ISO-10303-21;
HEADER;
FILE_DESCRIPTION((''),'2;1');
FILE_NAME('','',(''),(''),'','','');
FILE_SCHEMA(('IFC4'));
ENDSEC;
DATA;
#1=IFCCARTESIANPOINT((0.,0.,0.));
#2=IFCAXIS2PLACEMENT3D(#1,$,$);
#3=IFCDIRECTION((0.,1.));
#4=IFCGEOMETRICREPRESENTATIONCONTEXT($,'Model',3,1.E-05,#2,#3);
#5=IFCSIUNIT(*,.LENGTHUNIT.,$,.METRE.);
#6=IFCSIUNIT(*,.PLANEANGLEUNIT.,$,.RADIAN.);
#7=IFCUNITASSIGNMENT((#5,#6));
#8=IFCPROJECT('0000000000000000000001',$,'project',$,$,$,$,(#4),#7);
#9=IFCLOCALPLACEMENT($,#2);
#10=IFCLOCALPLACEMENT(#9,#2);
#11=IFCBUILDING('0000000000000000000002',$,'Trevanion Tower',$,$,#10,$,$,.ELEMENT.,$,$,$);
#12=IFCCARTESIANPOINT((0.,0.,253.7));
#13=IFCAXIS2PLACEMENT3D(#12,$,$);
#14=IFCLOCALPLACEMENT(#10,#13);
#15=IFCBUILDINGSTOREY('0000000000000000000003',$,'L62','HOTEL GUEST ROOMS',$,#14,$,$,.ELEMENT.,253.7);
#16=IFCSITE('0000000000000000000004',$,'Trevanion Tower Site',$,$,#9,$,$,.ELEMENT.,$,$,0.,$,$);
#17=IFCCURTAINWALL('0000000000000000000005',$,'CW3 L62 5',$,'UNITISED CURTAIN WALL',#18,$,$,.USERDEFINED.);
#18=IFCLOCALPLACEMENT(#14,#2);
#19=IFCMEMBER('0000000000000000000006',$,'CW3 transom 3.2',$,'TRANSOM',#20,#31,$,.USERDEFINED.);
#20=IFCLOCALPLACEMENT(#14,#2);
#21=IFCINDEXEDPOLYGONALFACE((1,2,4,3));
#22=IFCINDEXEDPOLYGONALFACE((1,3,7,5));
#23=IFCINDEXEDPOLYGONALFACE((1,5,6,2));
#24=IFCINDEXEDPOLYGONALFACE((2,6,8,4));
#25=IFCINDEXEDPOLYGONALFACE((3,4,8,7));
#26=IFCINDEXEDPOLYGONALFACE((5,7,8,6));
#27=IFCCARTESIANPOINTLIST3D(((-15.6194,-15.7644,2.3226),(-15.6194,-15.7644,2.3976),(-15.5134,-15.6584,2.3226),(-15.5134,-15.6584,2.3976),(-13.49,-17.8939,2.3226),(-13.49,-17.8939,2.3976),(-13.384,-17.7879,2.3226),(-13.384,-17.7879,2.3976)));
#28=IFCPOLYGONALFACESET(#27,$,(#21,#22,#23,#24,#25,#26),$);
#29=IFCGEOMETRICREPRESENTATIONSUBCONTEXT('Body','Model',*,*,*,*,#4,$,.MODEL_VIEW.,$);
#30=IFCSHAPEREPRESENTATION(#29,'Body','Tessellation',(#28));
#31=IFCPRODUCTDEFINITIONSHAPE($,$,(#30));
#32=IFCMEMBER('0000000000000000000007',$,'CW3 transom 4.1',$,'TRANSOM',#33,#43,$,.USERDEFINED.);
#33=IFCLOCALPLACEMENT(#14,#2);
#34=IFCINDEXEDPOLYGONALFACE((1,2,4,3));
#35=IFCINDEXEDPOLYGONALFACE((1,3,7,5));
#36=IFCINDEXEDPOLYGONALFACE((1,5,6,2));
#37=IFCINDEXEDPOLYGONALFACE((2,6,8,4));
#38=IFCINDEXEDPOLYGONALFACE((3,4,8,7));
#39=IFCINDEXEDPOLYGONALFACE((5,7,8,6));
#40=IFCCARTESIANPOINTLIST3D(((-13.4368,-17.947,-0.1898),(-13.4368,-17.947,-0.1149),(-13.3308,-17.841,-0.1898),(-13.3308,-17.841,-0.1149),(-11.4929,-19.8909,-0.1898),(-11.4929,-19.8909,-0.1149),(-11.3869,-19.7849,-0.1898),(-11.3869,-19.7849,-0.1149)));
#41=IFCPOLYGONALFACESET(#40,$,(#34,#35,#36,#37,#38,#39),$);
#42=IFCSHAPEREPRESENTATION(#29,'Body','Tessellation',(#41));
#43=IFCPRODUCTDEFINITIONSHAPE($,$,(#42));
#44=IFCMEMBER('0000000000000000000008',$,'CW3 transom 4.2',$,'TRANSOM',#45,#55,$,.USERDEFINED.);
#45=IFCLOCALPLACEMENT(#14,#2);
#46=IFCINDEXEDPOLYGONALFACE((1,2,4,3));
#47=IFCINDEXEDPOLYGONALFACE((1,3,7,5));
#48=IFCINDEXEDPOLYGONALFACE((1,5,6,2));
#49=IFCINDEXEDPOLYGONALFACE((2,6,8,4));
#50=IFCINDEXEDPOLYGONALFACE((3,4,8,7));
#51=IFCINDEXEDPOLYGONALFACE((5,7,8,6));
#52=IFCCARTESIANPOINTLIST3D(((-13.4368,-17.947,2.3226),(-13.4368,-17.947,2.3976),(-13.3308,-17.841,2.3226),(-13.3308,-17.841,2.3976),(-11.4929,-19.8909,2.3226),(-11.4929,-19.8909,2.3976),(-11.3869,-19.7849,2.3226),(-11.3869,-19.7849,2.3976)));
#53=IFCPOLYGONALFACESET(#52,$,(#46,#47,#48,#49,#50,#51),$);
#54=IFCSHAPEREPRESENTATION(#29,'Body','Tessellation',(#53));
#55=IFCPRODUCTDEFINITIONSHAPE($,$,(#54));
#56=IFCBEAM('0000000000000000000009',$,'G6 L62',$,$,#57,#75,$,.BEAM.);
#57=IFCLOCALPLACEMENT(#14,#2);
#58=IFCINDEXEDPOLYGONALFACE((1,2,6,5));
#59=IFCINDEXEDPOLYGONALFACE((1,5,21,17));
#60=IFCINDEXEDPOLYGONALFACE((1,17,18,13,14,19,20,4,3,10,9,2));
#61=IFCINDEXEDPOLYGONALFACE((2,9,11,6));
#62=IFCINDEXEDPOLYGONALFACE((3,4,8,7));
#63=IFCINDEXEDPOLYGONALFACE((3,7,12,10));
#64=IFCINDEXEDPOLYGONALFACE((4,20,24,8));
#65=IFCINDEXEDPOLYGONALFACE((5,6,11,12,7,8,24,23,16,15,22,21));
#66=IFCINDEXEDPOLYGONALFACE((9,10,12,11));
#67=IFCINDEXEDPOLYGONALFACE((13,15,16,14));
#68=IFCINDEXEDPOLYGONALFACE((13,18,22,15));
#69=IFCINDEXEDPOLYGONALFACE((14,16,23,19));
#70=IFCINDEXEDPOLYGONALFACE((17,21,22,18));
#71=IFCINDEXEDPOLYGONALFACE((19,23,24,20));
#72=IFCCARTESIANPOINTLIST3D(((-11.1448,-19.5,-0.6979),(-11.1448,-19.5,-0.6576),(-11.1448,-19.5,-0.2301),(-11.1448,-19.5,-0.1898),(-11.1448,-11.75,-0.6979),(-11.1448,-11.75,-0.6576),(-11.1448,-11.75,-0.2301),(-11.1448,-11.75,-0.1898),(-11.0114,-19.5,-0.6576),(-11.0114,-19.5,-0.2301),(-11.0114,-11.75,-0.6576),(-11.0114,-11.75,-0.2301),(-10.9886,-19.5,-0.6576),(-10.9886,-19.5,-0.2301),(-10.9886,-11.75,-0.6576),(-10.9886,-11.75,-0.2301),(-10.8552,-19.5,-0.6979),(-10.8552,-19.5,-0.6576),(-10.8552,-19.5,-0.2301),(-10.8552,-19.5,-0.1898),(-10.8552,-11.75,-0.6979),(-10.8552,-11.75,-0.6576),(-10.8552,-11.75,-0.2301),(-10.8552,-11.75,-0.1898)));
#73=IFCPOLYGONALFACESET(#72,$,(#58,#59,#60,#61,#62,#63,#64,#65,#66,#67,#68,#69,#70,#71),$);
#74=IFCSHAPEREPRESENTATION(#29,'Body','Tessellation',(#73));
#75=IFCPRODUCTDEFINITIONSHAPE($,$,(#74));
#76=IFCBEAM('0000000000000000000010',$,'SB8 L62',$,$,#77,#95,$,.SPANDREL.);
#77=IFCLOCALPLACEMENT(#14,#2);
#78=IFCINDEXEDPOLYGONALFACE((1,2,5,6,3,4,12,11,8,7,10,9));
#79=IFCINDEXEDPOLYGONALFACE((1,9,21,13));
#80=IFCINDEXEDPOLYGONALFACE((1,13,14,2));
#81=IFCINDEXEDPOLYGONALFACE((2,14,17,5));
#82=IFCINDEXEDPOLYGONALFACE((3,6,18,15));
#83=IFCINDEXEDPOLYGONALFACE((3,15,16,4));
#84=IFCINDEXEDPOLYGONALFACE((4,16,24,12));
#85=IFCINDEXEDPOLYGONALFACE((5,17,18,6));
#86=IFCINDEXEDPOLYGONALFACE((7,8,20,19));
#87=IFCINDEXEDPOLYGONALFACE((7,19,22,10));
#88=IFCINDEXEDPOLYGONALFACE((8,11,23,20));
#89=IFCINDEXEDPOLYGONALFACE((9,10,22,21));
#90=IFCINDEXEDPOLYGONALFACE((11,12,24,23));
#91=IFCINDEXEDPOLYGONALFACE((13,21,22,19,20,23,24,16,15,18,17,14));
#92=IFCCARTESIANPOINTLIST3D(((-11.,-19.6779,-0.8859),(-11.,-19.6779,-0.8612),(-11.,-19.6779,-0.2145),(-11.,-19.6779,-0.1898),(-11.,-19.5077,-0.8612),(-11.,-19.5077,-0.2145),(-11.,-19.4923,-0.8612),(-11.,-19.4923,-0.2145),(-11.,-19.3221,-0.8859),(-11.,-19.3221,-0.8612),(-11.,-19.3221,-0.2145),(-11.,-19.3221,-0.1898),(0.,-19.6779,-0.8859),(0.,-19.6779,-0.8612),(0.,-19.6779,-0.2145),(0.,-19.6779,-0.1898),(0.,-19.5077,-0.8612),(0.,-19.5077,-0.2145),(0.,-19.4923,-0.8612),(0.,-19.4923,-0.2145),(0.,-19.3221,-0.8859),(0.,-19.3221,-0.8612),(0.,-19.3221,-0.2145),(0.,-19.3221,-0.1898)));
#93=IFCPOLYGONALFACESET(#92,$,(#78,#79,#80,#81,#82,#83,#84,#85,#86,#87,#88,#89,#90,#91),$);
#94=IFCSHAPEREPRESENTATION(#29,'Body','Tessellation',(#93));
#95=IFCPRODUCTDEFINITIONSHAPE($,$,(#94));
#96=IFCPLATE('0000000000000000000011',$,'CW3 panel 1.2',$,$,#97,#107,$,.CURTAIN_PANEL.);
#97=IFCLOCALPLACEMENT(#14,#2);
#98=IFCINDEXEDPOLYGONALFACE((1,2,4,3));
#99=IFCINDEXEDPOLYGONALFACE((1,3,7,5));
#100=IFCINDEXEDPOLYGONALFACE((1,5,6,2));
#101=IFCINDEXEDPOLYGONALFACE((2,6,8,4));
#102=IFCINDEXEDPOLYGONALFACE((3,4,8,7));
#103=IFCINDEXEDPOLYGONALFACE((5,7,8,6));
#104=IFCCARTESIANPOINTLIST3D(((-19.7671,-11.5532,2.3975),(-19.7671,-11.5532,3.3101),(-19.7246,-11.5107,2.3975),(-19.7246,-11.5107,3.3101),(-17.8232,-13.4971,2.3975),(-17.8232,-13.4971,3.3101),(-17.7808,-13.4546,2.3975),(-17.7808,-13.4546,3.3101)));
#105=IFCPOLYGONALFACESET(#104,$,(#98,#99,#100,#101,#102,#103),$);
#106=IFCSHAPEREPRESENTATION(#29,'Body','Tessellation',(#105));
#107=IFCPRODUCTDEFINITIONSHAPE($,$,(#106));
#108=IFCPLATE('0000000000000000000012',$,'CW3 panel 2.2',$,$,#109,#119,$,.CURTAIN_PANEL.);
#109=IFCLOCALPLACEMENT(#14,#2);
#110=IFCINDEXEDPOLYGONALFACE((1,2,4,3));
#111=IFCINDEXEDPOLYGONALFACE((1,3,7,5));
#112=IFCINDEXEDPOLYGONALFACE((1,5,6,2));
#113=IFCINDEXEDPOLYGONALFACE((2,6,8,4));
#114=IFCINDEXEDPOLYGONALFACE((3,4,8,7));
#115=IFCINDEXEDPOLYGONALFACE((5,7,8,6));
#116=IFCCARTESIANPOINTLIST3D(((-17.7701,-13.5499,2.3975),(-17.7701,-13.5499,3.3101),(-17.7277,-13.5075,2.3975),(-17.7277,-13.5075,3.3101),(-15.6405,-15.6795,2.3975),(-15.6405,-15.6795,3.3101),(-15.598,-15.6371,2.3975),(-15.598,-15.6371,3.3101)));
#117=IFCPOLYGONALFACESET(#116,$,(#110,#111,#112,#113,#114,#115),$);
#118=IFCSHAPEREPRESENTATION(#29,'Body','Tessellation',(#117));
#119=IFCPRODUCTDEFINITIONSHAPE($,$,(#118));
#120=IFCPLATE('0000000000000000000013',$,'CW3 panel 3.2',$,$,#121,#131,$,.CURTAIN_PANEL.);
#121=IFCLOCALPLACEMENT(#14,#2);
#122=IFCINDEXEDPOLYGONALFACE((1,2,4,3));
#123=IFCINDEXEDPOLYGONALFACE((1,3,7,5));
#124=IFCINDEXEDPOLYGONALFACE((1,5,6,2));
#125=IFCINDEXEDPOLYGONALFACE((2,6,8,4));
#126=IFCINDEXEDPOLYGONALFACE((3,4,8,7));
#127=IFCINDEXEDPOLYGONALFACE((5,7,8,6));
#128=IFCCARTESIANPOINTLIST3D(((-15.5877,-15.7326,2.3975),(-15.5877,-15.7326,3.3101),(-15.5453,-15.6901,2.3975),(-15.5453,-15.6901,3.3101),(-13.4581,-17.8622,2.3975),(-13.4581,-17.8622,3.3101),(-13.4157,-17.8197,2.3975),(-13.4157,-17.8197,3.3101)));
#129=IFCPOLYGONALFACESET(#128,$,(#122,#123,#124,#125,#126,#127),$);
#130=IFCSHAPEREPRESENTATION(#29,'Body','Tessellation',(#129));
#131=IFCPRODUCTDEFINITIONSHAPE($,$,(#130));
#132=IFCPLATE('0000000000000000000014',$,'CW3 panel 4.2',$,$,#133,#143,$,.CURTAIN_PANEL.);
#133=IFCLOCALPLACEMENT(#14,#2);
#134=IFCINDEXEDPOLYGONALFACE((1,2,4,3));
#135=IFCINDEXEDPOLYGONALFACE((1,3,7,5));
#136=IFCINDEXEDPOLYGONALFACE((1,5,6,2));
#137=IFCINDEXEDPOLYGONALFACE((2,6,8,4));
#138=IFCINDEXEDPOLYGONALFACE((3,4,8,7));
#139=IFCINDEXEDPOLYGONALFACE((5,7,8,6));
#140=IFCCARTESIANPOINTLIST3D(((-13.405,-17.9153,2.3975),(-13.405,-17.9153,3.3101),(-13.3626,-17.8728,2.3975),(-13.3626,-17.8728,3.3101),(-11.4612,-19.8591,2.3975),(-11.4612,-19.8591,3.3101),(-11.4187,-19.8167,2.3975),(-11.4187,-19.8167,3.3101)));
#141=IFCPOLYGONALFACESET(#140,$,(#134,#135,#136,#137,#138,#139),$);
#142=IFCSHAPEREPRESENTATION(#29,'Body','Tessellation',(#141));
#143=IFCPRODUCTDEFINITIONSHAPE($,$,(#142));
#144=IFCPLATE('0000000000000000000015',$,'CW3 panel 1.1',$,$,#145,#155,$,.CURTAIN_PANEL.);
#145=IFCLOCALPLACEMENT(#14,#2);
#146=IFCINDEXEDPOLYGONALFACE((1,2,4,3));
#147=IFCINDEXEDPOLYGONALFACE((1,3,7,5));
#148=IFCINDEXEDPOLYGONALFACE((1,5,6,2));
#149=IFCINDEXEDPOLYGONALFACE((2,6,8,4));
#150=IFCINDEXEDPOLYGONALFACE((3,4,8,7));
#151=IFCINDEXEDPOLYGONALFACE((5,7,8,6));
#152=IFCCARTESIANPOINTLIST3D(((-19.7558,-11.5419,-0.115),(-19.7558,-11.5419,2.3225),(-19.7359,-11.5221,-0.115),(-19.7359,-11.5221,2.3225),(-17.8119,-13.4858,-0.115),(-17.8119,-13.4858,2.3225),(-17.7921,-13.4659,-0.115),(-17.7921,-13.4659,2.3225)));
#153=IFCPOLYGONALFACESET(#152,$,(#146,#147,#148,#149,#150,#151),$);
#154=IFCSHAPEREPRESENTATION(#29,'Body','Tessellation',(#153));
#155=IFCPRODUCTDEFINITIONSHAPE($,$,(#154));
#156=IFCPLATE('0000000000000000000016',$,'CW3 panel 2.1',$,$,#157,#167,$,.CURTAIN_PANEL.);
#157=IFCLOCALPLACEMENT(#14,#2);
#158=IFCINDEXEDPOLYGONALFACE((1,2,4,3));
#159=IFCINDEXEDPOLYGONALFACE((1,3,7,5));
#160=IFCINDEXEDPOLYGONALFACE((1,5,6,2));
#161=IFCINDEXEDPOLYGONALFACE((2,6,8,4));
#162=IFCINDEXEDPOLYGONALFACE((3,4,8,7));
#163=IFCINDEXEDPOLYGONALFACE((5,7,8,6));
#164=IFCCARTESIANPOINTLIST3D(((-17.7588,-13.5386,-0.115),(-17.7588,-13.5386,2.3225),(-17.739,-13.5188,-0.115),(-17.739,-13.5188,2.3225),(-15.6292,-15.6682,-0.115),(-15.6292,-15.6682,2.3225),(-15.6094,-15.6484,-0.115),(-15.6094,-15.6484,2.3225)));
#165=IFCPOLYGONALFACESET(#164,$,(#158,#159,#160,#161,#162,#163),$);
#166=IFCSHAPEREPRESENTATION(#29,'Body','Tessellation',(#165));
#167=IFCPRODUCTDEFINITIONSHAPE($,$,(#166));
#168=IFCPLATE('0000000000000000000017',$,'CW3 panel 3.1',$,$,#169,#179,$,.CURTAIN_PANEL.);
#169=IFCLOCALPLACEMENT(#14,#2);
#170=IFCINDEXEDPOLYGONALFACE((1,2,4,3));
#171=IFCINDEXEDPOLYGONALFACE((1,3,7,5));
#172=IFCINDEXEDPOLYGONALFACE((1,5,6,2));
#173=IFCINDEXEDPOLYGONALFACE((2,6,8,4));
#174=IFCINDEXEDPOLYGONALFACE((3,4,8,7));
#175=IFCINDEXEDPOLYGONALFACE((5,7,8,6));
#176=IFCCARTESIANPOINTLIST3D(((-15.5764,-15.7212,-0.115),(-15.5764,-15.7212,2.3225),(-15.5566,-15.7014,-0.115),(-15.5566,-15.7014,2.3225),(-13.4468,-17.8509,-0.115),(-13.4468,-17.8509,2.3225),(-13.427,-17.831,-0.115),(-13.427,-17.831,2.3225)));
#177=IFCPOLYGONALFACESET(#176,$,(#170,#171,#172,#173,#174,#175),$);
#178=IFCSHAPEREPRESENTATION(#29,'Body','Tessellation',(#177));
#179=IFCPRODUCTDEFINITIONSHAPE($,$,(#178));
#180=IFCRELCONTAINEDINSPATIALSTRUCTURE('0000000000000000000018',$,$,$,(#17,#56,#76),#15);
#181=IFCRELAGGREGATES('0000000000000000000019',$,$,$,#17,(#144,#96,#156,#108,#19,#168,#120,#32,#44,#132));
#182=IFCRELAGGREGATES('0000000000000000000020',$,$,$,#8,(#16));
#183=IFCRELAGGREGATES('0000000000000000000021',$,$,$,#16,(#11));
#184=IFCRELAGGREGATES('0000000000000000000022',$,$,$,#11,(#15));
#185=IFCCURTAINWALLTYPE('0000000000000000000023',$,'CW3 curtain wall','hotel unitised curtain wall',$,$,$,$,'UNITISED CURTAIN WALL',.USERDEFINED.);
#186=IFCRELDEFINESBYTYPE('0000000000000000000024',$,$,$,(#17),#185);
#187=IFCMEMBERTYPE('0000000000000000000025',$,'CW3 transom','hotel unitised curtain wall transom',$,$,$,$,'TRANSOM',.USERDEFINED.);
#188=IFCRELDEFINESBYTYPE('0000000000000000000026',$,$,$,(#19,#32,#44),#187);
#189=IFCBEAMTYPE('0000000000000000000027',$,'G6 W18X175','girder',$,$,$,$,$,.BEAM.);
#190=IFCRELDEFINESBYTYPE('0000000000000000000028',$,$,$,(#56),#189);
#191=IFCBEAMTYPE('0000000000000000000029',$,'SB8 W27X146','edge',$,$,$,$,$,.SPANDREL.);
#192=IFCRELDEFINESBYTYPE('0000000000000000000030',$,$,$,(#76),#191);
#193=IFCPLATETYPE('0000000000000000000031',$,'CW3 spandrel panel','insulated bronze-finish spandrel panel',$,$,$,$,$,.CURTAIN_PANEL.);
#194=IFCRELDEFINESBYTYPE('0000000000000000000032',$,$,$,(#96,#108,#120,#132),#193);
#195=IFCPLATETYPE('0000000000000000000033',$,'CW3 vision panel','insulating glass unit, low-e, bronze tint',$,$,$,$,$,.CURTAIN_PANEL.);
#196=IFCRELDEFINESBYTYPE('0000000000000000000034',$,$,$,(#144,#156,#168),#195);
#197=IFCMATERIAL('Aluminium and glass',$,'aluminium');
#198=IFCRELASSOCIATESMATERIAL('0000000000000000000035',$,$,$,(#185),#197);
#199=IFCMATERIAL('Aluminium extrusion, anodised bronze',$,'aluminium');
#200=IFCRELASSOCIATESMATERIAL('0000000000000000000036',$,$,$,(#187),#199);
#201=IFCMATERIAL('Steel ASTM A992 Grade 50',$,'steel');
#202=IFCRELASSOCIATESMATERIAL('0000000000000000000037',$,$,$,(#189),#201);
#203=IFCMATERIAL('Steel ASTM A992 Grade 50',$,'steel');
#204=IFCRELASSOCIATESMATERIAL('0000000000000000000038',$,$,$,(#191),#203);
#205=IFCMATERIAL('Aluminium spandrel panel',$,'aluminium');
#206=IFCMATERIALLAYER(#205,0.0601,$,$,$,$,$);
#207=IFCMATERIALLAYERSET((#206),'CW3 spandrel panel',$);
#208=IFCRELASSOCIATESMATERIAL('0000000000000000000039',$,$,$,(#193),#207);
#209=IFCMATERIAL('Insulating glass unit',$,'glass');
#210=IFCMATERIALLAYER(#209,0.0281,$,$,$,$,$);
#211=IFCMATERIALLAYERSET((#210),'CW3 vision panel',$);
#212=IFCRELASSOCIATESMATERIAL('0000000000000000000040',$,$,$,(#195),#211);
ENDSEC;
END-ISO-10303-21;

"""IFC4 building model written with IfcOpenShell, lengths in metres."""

from ifc_helpers import new_model, si_unit, direction, frame, origin, origin_2d, place, context, subcontext, project, spatial, rectangle, i_section, extrude, material, layer, layer_set, material_profile, profile_set, type_object, element, aggregate, save


model = new_model("IFC4")

# Units and contexts
model_context = context("Model", 3, precision=1e-05, world=origin(), true_north=direction((0.0, 1.0)))
body_context = subcontext(model_context, "Body", "Model", "MODEL_VIEW")
ifc_project = project(units=[si_unit("LENGTHUNIT", "METRE"), si_unit("PLANEANGLEUNIT", "RADIAN")], contexts=[model_context])

# Site, building, storey
site_placement = place(None, origin())
site = spatial("IfcSite", under=ifc_project, at=site_placement, Name="Trevanion Tower Site", CompositionType="ELEMENT", RefElevation=0.0)
building_placement = place(site_placement, origin())
building = spatial("IfcBuilding", under=site, at=building_placement, Name="Trevanion Tower", CompositionType="ELEMENT")
storey_placement = place(building_placement, frame((0.0, 0.0, 253.7)))
storey = spatial("IfcBuildingStorey", under=building, at=storey_placement, Name="L62", Description="HOTEL GUEST ROOMS", CompositionType="ELEMENT", Elevation=253.7)

# Curtain wall
ifc_material_1 = material(Name="Aluminium and glass", Category="aluminium")
curtain_wall_type = type_object("IfcCurtainWallType", Name="CW3 curtain wall", Description="hotel unitised curtain wall", ElementType="UNITISED CURTAIN WALL", PredefinedType="USERDEFINED", material=ifc_material_1)
curtain_wall_1_placement = place(storey_placement, origin())
curtain_wall_1 = element("IfcCurtainWall", 1, at=curtain_wall_1_placement, inside=storey, type_object=curtain_wall_type, Name="CW3 L62 5", ObjectType="UNITISED CURTAIN WALL", PredefinedType="USERDEFINED")

# Members
ifc_material_2 = material(Name="Aluminium extrusion, anodised bronze", Category="aluminium")
ifc_material_profile_1 = material_profile(ifc_material_2, rectangle(XDim=0.1499, YDim=0.075, at=origin_2d()), Name="CW3 transom")
ifc_profile_set_1 = profile_set([ifc_material_profile_1], Name="Aluminium extrusion, anodised bronze")
member_type_1 = type_object("IfcMemberType", Name="CW3 transom", Description="hotel unitised curtain wall transom", ElementType="TRANSOM", PredefinedType="USERDEFINED", material=ifc_profile_set_1)
member_1_placement = place(storey_placement, frame((-15.5664, -15.7114, 2.3601), z_axis=(0.707107, -0.707107, 0.0), x_axis=(0.707107, 0.707107, 0.0)))
member_1 = element("IfcMember", 2, at=member_1_placement, type_object=member_type_1, Name="CW3 transom 3.2", ObjectType="TRANSOM", PredefinedType="USERDEFINED", context=body_context, shape_type="SweptSolid", body=[
    extrude(rectangle(XDim=0.1499, YDim=0.075, at=origin_2d()), origin(), (0.0, 0.0, 1.0), 3.0115),
])
member_2_placement = place(storey_placement, frame((-13.3838, -17.894, -0.1523), z_axis=(0.707107, -0.707107, 0.0), x_axis=(0.707107, 0.707107, 0.0)))
member_2 = element("IfcMember", 3, at=member_2_placement, type_object=member_type_1, Name="CW3 transom 4.1", ObjectType="TRANSOM", PredefinedType="USERDEFINED", context=body_context, shape_type="SweptSolid", body=[
    extrude(rectangle(XDim=0.1499, YDim=0.075, at=origin_2d()), origin(), (0.0, 0.0, 1.0), 2.749),
])
member_3_placement = place(storey_placement, frame((-13.3838, -17.894, 2.3601), z_axis=(0.707107, -0.707107, 0.0), x_axis=(0.707107, 0.707107, 0.0)))
member_3 = element("IfcMember", 4, at=member_3_placement, type_object=member_type_1, Name="CW3 transom 4.2", ObjectType="TRANSOM", PredefinedType="USERDEFINED", context=body_context, shape_type="SweptSolid", body=[
    extrude(rectangle(XDim=0.1499, YDim=0.075, at=origin_2d()), origin(), (0.0, 0.0, 1.0), 2.749),
])

# Beams
ifc_material_3 = material(Name="Steel ASTM A992 Grade 50", Category="steel")
ifc_material_profile_2 = material_profile(ifc_material_3, i_section(OverallWidth=0.2896, OverallDepth=0.5081, WebThickness=0.0227, FlangeThickness=0.0403, at=origin_2d()), Name="W18X175")
ifc_profile_set_2 = profile_set([ifc_material_profile_2], Name="Steel ASTM A992 Grade 50")
beam_type_1 = type_object("IfcBeamType", Name="G6 W18X175", Description="girder", PredefinedType="BEAM", material=ifc_profile_set_2)
beam_1_placement = place(storey_placement, frame((-11.0, -11.75, -0.4438), z_axis=(0.0, -1.0, 0.0), x_axis=(1.0, 0.0, 0.0)))
element("IfcBeam", 5, at=beam_1_placement, inside=storey, type_object=beam_type_1, Name="G6 L62", PredefinedType="BEAM", context=body_context, shape_type="SweptSolid", body=[
    extrude(i_section(OverallWidth=0.2896, OverallDepth=0.5081, WebThickness=0.0227, FlangeThickness=0.0403, at=origin_2d()), origin(), (0.0, 0.0, 1.0), 7.75),
])
ifc_material_4 = material(Name="Steel ASTM A992 Grade 50", Category="steel")
ifc_material_profile_3 = material_profile(ifc_material_4, i_section(OverallWidth=0.3557, OverallDepth=0.696, WebThickness=0.0154, FlangeThickness=0.0247, at=origin_2d()), Name="W27X146")
ifc_profile_set_3 = profile_set([ifc_material_profile_3], Name="Steel ASTM A992 Grade 50")
beam_type_2 = type_object("IfcBeamType", Name="SB8 W27X146", Description="edge", PredefinedType="SPANDREL", material=ifc_profile_set_3)
beam_2_placement = place(storey_placement, frame((-11.0, -19.5, -0.5378), z_axis=(1.0, 0.0, 0.0), x_axis=(0.0, 1.0, 0.0)))
element("IfcBeam", 6, at=beam_2_placement, inside=storey, type_object=beam_type_2, Name="SB8 L62", PredefinedType="SPANDREL", context=body_context, shape_type="SweptSolid", body=[
    extrude(i_section(OverallWidth=0.3557, OverallDepth=0.696, WebThickness=0.0154, FlangeThickness=0.0247, at=origin_2d()), origin(), (0.0, 0.0, 1.0), 11.0),
])

# Plates
ifc_material_5 = material(Name="Aluminium spandrel panel", Category="aluminium")
ifc_layer_1 = layer(ifc_material_5, 0.0601)
ifc_layer_set_1 = layer_set([ifc_layer_1], Name="CW3 spandrel panel")
plate_type_1 = type_object("IfcPlateType", Name="CW3 spandrel panel", Description="insulated bronze-finish spandrel panel", PredefinedType="CURTAIN_PANEL", material=ifc_layer_set_1)
plate_1_placement = place(storey_placement, frame((-18.7739, -12.5039, 2.3975), z_axis=(0.0, 0.0, 1.0), x_axis=(0.707107, -0.707107, 0.0)))
plate_1 = element("IfcPlate", 7, at=plate_1_placement, type_object=plate_type_1, Name="CW3 panel 1.2", PredefinedType="CURTAIN_PANEL", context=body_context, shape_type="SweptSolid", body=[
    extrude(rectangle(XDim=2.749, YDim=0.0601, at=origin_2d()), origin(), (0.0, 0.0, 1.0), 0.9126),
])
plate_2_placement = place(storey_placement, frame((-16.6841, -14.5935, 2.3975), z_axis=(0.0, 0.0, 1.0), x_axis=(0.707107, -0.707107, 0.0)))
plate_2 = element("IfcPlate", 8, at=plate_2_placement, type_object=plate_type_1, Name="CW3 panel 2.2", PredefinedType="CURTAIN_PANEL", context=body_context, shape_type="SweptSolid", body=[
    extrude(rectangle(XDim=3.0117, YDim=0.0601, at=origin_2d()), origin(), (0.0, 0.0, 1.0), 0.9126),
])
plate_3_placement = place(storey_placement, frame((-14.5017, -16.7761, 2.3975), z_axis=(0.0, 0.0, 1.0), x_axis=(0.707107, -0.707107, 0.0)))
plate_3 = element("IfcPlate", 9, at=plate_3_placement, type_object=plate_type_1, Name="CW3 panel 3.2", PredefinedType="CURTAIN_PANEL", context=body_context, shape_type="SweptSolid", body=[
    extrude(rectangle(XDim=3.0117, YDim=0.0601, at=origin_2d()), origin(), (0.0, 0.0, 1.0), 0.9126),
])
plate_4_placement = place(storey_placement, frame((-12.4119, -18.866, 2.3975), z_axis=(0.0, 0.0, 1.0), x_axis=(0.707107, -0.707107, 0.0)))
plate_4 = element("IfcPlate", 10, at=plate_4_placement, type_object=plate_type_1, Name="CW3 panel 4.2", PredefinedType="CURTAIN_PANEL", context=body_context, shape_type="SweptSolid", body=[
    extrude(rectangle(XDim=2.749, YDim=0.0601, at=origin_2d()), origin(), (0.0, 0.0, 1.0), 0.9126),
])
ifc_material_6 = material(Name="Insulating glass unit", Category="glass")
ifc_layer_2 = layer(ifc_material_6, 0.0281)
ifc_layer_set_2 = layer_set([ifc_layer_2], Name="CW3 vision panel")
plate_type_2 = type_object("IfcPlateType", Name="CW3 vision panel", Description="insulating glass unit, low-e, bronze tint", PredefinedType="CURTAIN_PANEL", material=ifc_layer_set_2)
plate_5_placement = place(storey_placement, frame((-18.7739, -12.5039, -0.115), z_axis=(0.0, 0.0, 1.0), x_axis=(0.707107, -0.707107, 0.0)))
plate_5 = element("IfcPlate", 11, at=plate_5_placement, type_object=plate_type_2, Name="CW3 panel 1.1", PredefinedType="CURTAIN_PANEL", context=body_context, shape_type="SweptSolid", body=[
    extrude(rectangle(XDim=2.749, YDim=0.0281, at=origin_2d()), origin(), (0.0, 0.0, 1.0), 2.4375),
])
plate_6_placement = place(storey_placement, frame((-16.6841, -14.5935, -0.115), z_axis=(0.0, 0.0, 1.0), x_axis=(0.707107, -0.707107, 0.0)))
plate_6 = element("IfcPlate", 12, at=plate_6_placement, type_object=plate_type_2, Name="CW3 panel 2.1", PredefinedType="CURTAIN_PANEL", context=body_context, shape_type="SweptSolid", body=[
    extrude(rectangle(XDim=3.0117, YDim=0.0281, at=origin_2d()), origin(), (0.0, 0.0, 1.0), 2.4375),
])
plate_7_placement = place(storey_placement, frame((-14.5017, -16.7761, -0.115), z_axis=(0.0, 0.0, 1.0), x_axis=(0.707107, -0.707107, 0.0)))
plate_7 = element("IfcPlate", 13, at=plate_7_placement, type_object=plate_type_2, Name="CW3 panel 3.1", PredefinedType="CURTAIN_PANEL", context=body_context, shape_type="SweptSolid", body=[
    extrude(rectangle(XDim=3.0117, YDim=0.0281, at=origin_2d()), origin(), (0.0, 0.0, 1.0), 2.4375),
])
aggregate(curtain_wall_1, [plate_5, plate_1, plate_6, plate_2, member_1, plate_7, plate_3, member_2, member_3, plate_4])

save(model, "model.ifc")
